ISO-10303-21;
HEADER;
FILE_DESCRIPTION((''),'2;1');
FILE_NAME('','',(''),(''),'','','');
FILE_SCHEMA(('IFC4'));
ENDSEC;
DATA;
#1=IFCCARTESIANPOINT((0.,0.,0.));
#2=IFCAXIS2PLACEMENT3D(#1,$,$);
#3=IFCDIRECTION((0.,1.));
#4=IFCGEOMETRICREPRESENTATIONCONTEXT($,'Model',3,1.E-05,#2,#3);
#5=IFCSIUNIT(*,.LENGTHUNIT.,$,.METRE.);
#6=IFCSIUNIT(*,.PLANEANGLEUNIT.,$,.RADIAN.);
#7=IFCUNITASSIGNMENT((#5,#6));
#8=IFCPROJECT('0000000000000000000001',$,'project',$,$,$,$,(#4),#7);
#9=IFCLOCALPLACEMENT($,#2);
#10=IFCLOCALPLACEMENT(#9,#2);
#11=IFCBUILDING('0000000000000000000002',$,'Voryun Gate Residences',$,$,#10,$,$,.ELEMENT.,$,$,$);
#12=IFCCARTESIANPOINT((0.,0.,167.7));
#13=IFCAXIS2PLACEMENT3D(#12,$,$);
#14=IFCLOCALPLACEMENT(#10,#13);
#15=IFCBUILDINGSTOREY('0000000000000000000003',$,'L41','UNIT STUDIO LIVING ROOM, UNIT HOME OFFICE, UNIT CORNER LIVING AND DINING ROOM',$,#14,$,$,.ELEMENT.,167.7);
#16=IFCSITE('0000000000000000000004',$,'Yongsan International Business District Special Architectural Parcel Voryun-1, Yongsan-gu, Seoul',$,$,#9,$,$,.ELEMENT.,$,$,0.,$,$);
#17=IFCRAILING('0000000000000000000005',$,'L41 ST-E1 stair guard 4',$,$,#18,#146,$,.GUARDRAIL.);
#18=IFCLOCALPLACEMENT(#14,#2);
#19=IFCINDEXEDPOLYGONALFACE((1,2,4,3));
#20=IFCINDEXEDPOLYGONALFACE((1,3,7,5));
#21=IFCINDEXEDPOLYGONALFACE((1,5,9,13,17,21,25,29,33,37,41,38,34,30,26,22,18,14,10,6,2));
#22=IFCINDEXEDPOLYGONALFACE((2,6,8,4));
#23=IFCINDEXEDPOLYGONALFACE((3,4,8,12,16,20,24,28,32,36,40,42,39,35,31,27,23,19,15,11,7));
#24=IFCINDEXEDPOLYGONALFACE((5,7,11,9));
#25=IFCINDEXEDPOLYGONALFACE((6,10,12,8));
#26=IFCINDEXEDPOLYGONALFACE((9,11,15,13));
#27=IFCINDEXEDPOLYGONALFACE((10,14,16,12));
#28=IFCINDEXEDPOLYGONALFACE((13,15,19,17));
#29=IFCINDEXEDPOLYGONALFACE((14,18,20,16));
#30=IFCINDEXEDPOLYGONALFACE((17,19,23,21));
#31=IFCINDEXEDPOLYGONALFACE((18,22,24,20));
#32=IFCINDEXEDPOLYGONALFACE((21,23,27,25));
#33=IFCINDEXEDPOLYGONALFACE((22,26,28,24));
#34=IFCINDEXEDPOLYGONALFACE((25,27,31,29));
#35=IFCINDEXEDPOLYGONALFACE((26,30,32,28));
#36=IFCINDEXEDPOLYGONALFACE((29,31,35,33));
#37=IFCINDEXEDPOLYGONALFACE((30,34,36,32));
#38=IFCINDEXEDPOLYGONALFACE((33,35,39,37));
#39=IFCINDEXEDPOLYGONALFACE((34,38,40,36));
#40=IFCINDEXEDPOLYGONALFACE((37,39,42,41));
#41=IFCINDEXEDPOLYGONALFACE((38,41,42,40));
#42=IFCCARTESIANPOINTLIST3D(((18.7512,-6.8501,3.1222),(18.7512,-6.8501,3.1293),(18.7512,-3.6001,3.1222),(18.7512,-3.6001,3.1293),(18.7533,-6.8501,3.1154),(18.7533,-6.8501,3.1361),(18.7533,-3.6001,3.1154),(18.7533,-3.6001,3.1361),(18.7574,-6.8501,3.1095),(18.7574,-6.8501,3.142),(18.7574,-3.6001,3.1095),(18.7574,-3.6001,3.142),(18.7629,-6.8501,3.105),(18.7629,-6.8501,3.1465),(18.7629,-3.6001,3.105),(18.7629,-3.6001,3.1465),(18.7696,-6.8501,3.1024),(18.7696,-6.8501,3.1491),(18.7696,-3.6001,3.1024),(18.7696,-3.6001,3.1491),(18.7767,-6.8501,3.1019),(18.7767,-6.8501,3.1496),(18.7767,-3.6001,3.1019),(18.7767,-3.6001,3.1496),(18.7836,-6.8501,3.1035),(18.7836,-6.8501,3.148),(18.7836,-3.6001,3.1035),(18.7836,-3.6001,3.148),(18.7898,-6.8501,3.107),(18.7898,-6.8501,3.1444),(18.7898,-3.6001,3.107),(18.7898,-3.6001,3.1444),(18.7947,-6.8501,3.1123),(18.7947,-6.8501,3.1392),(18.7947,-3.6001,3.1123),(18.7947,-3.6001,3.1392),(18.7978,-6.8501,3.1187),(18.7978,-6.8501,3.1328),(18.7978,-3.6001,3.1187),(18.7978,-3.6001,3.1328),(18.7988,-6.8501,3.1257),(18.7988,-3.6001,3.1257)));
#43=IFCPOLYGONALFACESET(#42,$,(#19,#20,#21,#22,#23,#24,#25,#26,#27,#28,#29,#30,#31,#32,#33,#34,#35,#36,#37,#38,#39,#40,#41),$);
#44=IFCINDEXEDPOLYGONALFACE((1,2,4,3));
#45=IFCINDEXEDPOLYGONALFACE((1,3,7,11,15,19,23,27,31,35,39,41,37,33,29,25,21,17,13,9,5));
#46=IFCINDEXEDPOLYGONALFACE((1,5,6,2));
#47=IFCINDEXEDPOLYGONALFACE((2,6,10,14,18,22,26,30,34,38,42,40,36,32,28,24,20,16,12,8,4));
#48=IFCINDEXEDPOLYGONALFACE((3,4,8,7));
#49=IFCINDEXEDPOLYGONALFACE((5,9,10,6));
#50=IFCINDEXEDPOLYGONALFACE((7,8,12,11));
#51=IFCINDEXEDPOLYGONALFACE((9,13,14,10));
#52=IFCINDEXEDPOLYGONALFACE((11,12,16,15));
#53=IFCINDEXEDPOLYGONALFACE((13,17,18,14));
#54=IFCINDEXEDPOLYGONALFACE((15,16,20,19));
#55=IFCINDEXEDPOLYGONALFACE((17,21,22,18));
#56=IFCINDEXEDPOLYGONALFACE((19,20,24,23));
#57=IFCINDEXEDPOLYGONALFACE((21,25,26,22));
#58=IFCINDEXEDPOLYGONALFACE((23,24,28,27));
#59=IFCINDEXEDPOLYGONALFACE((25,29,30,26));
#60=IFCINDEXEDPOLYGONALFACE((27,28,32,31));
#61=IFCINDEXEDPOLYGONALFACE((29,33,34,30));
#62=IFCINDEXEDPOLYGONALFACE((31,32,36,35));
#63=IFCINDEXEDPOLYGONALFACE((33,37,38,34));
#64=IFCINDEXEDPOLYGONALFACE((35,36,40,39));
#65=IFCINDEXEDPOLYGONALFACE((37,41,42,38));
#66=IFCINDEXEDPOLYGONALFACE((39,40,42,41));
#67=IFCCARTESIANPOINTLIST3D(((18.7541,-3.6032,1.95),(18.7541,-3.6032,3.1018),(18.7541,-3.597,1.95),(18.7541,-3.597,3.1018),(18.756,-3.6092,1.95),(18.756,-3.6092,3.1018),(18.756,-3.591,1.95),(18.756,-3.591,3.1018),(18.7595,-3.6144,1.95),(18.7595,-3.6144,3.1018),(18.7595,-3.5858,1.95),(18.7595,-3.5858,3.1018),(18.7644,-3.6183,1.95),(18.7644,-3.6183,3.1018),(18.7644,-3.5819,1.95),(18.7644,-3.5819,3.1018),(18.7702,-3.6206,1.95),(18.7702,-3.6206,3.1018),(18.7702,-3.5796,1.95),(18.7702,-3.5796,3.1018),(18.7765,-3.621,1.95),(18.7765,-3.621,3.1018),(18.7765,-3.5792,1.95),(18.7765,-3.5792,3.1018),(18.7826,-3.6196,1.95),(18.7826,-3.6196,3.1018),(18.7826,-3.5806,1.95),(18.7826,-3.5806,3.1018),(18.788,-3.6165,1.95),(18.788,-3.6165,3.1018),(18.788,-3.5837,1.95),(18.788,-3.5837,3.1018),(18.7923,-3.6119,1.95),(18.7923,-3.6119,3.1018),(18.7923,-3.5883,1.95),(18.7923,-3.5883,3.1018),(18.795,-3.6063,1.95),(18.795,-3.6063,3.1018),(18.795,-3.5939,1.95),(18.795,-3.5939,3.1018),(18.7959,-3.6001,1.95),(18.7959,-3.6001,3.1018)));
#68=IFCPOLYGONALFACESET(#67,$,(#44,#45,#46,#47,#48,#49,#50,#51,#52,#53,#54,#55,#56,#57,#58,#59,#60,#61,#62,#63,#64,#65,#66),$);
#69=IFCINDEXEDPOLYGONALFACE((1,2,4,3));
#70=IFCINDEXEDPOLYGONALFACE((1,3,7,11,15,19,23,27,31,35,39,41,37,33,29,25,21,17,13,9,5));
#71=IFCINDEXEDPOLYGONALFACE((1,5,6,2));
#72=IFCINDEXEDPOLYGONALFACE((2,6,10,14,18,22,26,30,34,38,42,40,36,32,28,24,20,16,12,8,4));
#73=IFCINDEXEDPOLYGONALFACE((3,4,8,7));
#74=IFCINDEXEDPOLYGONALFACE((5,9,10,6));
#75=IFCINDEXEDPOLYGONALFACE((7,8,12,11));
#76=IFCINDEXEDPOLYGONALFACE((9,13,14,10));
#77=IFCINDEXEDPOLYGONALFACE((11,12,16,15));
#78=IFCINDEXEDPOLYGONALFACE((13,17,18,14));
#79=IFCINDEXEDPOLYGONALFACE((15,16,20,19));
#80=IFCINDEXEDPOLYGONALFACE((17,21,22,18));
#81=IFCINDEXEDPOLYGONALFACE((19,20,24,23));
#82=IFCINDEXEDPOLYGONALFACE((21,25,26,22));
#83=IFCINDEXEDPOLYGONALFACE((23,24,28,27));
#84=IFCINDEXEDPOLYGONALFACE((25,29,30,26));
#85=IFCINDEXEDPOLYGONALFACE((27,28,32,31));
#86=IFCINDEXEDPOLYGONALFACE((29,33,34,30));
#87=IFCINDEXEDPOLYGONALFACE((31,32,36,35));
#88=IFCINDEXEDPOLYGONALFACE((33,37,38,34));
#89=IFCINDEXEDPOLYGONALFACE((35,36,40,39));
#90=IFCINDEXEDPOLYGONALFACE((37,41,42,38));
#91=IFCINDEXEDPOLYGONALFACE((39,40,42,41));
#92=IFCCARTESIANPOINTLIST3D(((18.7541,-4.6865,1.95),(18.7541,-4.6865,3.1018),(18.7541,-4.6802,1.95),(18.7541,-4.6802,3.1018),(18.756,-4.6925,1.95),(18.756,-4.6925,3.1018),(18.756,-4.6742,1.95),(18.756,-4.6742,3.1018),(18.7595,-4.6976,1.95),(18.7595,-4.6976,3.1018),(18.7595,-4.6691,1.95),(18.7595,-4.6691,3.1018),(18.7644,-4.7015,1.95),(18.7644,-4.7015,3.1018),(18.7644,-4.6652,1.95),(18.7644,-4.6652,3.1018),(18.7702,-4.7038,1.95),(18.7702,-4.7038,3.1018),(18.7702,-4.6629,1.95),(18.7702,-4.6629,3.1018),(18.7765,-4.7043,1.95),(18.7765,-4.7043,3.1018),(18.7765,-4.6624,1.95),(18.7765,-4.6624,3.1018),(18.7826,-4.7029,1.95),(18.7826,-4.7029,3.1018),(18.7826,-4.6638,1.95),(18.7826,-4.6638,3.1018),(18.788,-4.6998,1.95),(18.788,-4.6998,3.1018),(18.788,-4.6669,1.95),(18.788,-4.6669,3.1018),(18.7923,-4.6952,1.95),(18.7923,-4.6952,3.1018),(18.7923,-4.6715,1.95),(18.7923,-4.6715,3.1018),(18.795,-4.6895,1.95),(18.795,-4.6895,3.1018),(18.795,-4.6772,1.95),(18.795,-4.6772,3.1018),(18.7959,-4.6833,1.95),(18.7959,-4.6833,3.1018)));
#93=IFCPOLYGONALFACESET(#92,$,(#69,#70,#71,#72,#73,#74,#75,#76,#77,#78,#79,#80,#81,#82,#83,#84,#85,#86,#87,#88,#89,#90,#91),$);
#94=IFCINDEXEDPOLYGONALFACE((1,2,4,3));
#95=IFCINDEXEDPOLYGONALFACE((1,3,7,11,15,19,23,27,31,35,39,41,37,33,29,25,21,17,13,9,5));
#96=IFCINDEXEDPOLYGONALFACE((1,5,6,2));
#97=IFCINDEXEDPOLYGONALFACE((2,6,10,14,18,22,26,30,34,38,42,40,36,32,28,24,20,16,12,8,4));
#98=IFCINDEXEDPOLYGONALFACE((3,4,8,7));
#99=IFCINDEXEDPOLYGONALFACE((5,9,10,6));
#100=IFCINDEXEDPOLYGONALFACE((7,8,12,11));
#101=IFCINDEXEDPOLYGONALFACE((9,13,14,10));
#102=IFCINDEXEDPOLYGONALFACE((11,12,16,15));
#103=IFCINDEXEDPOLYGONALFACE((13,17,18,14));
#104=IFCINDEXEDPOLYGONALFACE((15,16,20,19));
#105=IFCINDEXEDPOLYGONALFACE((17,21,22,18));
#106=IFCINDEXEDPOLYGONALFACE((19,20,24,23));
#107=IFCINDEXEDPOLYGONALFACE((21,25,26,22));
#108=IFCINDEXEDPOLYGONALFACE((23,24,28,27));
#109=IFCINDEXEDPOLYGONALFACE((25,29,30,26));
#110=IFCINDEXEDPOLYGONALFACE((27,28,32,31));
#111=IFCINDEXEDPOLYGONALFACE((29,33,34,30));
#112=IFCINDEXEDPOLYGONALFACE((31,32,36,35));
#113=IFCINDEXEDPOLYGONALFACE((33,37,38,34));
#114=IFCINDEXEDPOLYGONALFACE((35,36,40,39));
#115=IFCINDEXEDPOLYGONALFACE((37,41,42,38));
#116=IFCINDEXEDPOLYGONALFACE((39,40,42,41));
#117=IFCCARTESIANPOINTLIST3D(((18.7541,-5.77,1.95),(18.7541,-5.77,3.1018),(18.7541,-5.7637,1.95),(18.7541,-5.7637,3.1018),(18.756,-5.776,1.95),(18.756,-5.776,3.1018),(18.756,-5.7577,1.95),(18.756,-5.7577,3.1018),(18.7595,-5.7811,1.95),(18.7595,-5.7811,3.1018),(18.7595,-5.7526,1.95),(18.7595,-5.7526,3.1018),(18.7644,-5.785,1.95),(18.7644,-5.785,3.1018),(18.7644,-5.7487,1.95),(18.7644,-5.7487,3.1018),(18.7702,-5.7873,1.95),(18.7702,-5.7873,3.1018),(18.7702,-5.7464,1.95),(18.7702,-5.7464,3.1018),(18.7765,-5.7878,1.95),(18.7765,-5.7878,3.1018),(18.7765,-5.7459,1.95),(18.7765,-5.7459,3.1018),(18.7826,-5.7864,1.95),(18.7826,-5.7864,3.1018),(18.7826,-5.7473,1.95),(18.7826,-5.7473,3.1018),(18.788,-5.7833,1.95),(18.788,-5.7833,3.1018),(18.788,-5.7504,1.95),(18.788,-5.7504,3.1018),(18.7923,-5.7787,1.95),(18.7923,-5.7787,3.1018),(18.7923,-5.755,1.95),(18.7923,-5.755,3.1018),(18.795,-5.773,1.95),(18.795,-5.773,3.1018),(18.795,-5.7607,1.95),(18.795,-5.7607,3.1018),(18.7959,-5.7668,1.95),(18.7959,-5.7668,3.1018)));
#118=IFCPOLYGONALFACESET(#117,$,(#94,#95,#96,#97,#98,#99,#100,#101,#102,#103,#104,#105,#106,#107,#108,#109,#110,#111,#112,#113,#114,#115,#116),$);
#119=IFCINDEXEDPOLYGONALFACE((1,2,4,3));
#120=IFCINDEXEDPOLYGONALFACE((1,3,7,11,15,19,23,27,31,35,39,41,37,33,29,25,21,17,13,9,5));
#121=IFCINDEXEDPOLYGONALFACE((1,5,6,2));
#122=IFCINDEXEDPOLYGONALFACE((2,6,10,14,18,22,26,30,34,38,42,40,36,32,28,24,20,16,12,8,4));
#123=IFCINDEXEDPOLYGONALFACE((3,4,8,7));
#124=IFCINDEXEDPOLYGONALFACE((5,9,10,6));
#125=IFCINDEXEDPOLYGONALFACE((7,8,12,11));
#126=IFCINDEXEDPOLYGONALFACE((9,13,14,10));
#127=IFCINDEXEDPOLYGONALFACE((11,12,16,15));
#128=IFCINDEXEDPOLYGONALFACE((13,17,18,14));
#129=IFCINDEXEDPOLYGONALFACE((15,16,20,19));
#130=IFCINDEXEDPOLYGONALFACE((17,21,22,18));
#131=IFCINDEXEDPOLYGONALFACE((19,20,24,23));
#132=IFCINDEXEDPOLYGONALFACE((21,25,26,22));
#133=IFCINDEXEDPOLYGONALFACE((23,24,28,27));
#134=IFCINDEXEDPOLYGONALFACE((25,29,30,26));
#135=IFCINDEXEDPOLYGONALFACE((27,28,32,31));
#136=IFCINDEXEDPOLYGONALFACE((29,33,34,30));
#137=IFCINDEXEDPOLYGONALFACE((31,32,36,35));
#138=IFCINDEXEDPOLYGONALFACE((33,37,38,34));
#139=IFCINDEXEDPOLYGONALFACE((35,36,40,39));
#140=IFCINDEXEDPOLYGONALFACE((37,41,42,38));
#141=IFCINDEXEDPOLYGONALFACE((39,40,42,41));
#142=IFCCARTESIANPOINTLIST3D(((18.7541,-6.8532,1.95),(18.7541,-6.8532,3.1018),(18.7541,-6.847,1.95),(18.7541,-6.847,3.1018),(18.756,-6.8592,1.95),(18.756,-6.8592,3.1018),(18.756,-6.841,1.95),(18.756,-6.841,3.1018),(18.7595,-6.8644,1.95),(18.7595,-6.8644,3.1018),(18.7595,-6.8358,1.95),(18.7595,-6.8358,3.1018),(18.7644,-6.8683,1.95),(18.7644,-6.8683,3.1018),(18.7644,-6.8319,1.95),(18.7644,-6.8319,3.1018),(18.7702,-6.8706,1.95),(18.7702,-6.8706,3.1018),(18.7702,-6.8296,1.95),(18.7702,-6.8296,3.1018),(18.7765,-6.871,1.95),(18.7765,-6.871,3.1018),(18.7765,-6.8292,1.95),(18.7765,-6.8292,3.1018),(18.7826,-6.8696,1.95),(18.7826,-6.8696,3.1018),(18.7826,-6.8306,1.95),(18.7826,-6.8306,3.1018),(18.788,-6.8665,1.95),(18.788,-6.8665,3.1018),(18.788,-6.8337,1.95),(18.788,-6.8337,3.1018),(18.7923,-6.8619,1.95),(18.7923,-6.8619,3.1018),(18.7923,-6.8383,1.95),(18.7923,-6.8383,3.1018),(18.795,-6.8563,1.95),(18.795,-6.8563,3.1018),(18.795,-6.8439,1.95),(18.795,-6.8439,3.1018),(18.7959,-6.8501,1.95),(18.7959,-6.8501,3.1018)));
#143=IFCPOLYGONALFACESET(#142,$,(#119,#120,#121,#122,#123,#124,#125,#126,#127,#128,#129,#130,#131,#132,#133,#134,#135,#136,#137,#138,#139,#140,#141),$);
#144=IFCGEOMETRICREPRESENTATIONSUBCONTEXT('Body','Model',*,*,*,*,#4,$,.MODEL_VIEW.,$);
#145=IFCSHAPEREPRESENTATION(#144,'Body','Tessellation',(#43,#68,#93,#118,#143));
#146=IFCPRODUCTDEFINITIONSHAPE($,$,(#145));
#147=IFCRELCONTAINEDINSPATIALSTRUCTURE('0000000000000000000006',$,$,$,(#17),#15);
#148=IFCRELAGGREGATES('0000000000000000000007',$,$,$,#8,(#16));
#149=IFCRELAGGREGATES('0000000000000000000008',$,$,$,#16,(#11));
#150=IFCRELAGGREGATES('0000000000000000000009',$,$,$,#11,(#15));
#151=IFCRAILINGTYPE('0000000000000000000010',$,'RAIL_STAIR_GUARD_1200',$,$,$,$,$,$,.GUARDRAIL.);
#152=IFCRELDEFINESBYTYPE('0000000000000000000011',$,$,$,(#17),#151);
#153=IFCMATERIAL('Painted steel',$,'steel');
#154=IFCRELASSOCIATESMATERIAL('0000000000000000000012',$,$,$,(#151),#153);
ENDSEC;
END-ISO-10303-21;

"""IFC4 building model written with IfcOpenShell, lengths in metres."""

from ifc_helpers import new_model, si_unit, direction, frame, origin, origin_2d, place, context, subcontext, project, spatial, circle, extrude, material, type_object, element, save


model = new_model("IFC4")

# Units and contexts
model_context = context("Model", 3, precision=1e-05, world=origin(), true_north=direction((0.0, 1.0)))
body_context = subcontext(model_context, "Body", "Model", "MODEL_VIEW")
ifc_project = project(units=[si_unit("LENGTHUNIT", "METRE"), si_unit("PLANEANGLEUNIT", "RADIAN")], contexts=[model_context])

# Site, building, storey
site_placement = place(None, origin())
site = spatial("IfcSite", under=ifc_project, at=site_placement, Name="Yongsan International Business District Special Architectural Parcel Voryun-1, Yongsan-gu, Seoul", CompositionType="ELEMENT", RefElevation=0.0)
building_placement = place(site_placement, origin())
building = spatial("IfcBuilding", under=site, at=building_placement, Name="Voryun Gate Residences", CompositionType="ELEMENT")
storey_placement = place(building_placement, frame((0.0, 0.0, 167.7)))
storey = spatial("IfcBuildingStorey", under=building, at=storey_placement, Name="L41", Description="UNIT STUDIO LIVING ROOM, UNIT HOME OFFICE, UNIT CORNER LIVING AND DINING ROOM", CompositionType="ELEMENT", Elevation=167.7)

# Railing
ifc_material_1 = material(Name="Painted steel", Category="steel")
railing_type_1 = type_object("IfcRailingType", Name="RAIL_STAIR_GUARD_1200", PredefinedType="GUARDRAIL", material=ifc_material_1)
for number, where, name in (
    (1, (18.7749, -3.6001, 1.95), "L41 ST-E1 stair guard 4"),
):
    element("IfcRailing", number, at=place(storey_placement, frame(where)), inside=storey, type_object=railing_type_1, Name=name, PredefinedType="GUARDRAIL", context=body_context, shape_type="SweptSolid", body=[
        extrude(circle(Radius=0.0239, at=origin_2d()), frame((0.0, 0.0, 1.1758), z_axis=(0.0, -1.0, 0.0), x_axis=(1.0, 0.0, 0.0)), (0.0, 0.0, 1.0), 3.25),
        extrude(circle(Radius=0.021, at=origin_2d()), origin(), (0.0, 0.0, 1.0), 1.1519),
        extrude(circle(Radius=0.021, at=origin_2d()), frame((0.0, -1.0833, 0.0)), (0.0, 0.0, 1.0), 1.1519),
        extrude(circle(Radius=0.021, at=origin_2d()), frame((0.0, -2.1667, 0.0)), (0.0, 0.0, 1.0), 1.1519),
        extrude(circle(Radius=0.021, at=origin_2d()), frame((0.0, -3.25, 0.0)), (0.0, 0.0, 1.0), 1.1519),
    ])

save(model, "model.ifc")
